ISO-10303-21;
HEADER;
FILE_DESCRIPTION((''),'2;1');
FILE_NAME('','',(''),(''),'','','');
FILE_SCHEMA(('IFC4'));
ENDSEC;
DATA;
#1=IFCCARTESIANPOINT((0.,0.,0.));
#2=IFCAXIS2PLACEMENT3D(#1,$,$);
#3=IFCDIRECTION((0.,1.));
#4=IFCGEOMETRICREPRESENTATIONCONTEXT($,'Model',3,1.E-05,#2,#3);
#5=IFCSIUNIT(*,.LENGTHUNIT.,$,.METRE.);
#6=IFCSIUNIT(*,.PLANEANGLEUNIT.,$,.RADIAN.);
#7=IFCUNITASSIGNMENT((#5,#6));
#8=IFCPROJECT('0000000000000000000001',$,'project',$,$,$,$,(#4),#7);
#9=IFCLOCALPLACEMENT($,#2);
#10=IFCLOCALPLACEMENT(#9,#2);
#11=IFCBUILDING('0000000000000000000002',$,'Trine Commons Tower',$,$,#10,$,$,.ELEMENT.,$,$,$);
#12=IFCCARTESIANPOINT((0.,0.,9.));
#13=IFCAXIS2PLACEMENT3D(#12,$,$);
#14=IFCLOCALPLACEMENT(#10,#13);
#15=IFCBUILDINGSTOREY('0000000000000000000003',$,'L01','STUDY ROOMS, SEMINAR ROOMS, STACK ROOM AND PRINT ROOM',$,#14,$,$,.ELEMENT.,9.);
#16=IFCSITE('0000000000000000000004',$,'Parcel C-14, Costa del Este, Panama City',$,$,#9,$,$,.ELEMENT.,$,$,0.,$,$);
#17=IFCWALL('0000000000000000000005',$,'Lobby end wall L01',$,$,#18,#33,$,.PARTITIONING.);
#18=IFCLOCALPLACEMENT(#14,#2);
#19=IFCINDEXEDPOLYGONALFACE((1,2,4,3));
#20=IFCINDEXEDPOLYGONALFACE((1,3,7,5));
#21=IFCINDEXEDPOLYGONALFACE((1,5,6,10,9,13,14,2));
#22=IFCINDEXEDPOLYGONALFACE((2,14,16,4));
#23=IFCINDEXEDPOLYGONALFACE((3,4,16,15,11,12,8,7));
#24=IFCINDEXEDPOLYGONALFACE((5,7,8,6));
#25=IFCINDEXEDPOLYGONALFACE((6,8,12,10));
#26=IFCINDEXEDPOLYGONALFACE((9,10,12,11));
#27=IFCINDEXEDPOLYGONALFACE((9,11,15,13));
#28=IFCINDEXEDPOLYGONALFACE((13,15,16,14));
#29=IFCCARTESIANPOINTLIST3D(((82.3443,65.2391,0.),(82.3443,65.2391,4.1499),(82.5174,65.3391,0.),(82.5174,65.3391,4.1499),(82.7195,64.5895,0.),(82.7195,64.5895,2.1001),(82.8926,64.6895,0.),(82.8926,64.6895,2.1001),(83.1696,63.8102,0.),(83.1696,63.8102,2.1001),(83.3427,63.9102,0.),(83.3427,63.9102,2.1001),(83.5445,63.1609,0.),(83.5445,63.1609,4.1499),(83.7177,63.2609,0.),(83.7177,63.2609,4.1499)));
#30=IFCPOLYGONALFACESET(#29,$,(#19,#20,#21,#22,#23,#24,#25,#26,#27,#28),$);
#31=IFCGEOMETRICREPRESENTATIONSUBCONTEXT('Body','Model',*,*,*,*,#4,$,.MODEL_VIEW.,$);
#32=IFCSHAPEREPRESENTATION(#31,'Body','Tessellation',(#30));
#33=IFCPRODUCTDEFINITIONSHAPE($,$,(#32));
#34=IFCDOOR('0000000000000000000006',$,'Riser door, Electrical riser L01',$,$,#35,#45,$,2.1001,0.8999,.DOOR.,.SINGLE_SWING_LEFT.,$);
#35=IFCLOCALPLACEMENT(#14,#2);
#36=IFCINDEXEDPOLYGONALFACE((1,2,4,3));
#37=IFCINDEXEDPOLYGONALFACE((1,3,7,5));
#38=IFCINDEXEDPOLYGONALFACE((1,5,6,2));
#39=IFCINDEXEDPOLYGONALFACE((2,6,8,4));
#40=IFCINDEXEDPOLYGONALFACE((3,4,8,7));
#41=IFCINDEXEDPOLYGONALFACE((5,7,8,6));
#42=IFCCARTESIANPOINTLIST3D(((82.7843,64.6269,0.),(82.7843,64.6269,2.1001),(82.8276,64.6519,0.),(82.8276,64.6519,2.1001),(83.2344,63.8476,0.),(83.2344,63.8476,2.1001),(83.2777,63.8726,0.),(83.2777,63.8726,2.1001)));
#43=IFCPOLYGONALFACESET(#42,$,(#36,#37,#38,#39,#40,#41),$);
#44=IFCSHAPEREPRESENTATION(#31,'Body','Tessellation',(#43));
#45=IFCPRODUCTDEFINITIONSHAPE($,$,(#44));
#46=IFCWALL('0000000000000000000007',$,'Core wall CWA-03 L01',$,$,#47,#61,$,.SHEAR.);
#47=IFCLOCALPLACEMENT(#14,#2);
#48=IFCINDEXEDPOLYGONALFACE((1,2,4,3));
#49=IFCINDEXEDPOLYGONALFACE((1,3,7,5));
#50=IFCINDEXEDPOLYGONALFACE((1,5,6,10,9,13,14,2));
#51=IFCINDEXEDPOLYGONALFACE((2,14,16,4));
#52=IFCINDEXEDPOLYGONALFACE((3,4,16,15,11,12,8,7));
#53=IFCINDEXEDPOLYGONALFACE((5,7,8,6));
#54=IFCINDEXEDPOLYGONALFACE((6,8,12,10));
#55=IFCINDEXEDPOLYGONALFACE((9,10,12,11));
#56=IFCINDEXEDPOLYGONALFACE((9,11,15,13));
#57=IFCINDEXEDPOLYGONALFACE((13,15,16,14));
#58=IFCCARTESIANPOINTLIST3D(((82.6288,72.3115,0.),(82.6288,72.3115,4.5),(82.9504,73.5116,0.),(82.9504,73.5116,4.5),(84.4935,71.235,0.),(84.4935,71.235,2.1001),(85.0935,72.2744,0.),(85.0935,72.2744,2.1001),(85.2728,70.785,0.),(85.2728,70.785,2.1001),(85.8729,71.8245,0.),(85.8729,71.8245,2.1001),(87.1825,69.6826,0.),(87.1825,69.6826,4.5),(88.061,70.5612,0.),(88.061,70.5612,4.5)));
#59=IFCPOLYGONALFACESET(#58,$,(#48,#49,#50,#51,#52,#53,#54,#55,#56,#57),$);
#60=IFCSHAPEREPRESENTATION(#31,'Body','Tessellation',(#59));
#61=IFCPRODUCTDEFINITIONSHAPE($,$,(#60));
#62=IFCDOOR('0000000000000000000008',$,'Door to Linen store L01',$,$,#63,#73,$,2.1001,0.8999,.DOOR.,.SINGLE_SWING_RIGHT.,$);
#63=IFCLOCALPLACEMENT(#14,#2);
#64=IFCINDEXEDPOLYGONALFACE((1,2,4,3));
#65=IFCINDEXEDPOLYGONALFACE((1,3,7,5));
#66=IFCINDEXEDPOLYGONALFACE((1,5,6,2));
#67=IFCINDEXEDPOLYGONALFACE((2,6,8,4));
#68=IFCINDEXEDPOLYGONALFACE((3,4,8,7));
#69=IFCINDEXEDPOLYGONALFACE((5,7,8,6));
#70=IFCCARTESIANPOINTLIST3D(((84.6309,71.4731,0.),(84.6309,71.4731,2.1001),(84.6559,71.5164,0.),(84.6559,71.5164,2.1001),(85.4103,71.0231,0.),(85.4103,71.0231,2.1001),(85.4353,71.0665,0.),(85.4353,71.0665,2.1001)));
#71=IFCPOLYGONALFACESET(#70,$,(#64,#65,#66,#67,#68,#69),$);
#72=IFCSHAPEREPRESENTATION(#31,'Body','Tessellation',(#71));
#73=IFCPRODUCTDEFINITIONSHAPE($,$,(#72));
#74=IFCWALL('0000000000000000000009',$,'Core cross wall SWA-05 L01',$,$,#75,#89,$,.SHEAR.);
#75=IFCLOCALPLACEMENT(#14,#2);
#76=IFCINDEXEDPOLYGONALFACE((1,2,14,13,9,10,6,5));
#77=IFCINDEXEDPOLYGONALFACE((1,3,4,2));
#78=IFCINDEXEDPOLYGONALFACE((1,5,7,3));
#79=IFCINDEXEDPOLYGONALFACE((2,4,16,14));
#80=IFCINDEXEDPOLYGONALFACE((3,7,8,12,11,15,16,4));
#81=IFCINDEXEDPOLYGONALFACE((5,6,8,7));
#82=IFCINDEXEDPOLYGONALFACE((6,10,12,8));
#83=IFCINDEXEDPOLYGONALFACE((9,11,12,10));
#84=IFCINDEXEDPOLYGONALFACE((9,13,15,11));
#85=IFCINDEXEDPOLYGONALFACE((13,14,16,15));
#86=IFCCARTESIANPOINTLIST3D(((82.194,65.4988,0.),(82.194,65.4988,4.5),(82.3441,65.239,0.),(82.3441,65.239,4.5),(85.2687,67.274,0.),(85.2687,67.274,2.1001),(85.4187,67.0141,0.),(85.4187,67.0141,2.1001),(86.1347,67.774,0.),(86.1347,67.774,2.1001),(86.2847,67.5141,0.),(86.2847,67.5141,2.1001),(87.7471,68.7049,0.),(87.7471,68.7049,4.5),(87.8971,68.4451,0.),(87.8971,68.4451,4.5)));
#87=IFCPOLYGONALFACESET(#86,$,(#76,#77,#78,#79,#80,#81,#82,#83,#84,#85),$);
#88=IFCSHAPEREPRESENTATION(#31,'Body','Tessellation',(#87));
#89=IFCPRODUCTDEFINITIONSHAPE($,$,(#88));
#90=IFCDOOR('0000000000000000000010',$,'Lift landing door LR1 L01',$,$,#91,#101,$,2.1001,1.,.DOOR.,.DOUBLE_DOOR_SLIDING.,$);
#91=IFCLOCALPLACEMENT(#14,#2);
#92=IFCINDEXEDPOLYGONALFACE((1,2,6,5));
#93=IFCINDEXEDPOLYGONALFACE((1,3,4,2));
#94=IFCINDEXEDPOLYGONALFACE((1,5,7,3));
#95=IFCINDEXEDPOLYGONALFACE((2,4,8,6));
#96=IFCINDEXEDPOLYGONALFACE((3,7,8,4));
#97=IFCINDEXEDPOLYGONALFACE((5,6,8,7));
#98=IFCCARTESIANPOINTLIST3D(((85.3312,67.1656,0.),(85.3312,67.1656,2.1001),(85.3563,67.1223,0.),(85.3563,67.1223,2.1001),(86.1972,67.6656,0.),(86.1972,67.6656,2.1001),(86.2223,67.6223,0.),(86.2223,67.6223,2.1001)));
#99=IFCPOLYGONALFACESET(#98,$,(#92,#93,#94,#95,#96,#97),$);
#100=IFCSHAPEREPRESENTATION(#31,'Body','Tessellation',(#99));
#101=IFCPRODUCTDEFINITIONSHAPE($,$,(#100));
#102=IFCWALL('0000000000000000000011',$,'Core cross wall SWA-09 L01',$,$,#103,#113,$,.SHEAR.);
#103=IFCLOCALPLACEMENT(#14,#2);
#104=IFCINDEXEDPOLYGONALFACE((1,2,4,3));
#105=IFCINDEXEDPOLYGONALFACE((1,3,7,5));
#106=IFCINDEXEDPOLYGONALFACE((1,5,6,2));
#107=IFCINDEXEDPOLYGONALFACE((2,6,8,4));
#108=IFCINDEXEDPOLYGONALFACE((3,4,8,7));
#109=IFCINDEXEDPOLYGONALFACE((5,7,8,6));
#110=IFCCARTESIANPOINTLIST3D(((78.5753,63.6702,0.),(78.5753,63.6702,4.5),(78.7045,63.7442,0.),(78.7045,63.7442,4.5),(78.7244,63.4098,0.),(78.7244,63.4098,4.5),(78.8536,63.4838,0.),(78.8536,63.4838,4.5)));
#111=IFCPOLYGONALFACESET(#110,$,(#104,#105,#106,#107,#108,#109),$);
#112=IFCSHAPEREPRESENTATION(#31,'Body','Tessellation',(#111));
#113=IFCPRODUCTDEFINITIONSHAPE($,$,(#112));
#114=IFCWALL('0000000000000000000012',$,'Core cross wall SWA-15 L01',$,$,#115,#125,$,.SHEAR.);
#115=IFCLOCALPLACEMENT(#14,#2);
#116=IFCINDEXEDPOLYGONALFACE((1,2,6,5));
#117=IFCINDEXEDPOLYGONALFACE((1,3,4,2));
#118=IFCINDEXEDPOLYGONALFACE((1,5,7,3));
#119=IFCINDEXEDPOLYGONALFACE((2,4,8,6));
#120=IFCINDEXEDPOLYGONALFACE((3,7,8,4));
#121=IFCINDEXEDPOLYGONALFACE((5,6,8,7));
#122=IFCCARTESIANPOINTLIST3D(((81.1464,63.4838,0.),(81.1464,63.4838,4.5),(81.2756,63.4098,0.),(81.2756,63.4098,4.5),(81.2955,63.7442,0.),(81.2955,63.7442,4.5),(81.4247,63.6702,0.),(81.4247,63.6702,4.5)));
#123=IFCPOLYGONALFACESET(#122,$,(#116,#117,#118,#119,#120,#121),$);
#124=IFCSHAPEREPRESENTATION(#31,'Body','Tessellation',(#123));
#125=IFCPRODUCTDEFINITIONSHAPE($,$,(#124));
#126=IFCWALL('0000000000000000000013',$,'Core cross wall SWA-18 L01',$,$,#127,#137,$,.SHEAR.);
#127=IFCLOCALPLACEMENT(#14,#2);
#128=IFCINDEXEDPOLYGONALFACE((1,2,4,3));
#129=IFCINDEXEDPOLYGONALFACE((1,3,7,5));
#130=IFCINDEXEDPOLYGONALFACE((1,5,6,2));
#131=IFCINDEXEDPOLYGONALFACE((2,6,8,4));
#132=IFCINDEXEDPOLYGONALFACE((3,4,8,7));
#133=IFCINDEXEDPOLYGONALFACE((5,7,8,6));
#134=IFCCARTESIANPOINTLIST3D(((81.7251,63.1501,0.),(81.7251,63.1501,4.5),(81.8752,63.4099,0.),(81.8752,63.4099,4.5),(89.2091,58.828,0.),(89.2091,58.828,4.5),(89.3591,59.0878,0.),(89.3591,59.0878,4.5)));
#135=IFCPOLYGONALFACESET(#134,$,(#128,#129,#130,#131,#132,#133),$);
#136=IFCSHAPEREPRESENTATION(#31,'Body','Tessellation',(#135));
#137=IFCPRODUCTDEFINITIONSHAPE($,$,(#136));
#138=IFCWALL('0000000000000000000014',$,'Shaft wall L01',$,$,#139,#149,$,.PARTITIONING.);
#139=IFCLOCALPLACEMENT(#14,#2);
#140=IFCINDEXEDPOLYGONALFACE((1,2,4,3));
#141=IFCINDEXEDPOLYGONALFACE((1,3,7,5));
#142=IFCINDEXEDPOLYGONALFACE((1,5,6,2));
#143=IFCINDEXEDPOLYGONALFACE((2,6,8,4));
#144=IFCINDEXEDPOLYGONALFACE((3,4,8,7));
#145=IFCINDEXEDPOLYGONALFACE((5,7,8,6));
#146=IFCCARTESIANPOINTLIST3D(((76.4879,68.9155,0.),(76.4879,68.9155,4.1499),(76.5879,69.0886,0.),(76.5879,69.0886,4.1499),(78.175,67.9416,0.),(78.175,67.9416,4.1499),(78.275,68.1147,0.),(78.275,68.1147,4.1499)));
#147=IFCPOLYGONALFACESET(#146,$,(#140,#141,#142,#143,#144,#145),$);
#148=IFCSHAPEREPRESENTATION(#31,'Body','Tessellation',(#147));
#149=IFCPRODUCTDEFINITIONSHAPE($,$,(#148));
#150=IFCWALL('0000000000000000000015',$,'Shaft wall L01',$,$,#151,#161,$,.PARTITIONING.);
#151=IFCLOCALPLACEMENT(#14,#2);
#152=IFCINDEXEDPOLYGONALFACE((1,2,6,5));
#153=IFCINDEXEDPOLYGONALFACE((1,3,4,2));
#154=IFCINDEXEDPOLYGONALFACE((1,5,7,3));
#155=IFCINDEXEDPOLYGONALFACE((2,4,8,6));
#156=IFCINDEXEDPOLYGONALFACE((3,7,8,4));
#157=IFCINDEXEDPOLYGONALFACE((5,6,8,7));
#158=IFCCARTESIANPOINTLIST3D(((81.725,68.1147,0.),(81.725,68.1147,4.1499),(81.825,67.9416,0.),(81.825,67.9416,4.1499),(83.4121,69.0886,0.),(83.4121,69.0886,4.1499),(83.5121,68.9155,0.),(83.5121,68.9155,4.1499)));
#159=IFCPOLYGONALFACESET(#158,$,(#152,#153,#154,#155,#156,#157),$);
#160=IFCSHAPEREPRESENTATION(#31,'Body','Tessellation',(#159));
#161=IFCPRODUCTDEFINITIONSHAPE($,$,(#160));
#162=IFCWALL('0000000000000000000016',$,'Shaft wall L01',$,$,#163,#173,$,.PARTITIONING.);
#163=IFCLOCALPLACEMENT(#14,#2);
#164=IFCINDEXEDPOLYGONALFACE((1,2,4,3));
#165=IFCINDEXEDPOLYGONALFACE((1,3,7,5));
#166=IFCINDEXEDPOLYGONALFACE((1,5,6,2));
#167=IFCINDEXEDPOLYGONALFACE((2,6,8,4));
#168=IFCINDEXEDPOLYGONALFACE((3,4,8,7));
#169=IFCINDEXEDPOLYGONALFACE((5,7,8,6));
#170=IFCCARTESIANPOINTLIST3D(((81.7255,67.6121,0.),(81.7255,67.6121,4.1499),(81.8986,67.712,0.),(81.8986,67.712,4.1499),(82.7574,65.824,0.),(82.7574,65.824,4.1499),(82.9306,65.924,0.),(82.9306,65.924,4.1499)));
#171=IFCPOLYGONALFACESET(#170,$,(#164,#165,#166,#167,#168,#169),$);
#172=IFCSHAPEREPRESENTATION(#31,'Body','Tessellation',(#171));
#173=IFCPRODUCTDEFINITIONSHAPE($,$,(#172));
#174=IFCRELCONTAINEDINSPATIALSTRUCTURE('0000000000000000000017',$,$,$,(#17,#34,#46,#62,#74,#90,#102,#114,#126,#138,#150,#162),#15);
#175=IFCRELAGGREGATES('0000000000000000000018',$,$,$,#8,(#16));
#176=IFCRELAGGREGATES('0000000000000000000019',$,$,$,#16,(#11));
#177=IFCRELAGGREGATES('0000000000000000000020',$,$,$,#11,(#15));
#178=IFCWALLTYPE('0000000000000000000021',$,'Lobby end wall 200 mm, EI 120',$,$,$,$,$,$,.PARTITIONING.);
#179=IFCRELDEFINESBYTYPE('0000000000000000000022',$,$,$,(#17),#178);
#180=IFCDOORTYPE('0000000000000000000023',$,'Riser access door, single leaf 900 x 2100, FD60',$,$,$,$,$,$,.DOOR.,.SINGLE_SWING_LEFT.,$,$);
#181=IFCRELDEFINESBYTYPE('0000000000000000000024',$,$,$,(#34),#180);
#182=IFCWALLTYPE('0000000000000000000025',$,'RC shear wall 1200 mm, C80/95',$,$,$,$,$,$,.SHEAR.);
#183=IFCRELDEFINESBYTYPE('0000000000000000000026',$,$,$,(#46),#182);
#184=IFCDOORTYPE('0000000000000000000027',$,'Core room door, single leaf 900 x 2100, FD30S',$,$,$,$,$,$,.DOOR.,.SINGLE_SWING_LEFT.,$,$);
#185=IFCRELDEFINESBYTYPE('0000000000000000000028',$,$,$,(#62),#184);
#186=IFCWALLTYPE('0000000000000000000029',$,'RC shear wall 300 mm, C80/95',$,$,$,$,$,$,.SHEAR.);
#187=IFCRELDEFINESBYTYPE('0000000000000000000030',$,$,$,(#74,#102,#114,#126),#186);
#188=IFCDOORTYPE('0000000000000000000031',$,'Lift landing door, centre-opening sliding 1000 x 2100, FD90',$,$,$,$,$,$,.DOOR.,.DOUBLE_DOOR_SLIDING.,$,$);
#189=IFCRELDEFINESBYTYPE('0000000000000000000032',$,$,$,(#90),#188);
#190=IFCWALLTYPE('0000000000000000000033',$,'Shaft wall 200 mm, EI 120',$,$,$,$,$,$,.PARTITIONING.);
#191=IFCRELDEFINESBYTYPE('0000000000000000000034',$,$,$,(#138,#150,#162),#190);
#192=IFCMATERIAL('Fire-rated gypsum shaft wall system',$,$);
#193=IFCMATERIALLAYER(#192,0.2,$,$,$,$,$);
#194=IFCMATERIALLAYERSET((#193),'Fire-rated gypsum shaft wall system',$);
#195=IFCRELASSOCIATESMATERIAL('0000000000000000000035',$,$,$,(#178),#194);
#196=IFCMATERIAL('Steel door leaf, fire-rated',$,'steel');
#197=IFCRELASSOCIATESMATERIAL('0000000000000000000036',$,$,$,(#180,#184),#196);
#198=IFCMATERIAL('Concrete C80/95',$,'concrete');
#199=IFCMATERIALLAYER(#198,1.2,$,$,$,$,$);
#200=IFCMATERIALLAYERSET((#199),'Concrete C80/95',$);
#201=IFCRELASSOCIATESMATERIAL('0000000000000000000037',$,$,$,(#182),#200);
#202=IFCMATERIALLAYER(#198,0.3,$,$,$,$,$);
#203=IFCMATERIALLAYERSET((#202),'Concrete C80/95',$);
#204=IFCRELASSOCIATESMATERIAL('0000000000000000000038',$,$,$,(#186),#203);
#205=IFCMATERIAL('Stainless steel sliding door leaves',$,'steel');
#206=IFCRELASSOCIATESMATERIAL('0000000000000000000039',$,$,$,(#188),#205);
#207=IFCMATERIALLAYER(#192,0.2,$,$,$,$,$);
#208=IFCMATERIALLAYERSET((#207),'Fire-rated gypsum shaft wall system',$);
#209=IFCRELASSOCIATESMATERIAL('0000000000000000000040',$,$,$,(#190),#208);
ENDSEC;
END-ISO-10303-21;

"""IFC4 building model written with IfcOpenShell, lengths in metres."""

from ifc_helpers import new_model, si_unit, direction, frame, frame_2d, origin, place, context, subcontext, project, spatial, polyline, rectangle, outline, extrude, material, layer, layer_set, type_object, element, fill, save


model = new_model("IFC4")

# Units and contexts
model_context = context("Model", 3, precision=1e-05, world=origin(), true_north=direction((0.0, 1.0)))
body_context = subcontext(model_context, "Body", "Model", "MODEL_VIEW")
ifc_project = project(units=[si_unit("LENGTHUNIT", "METRE"), si_unit("PLANEANGLEUNIT", "RADIAN")], contexts=[model_context])

# Site, building, storey
site_placement = place(None, origin())
site = spatial("IfcSite", under=ifc_project, at=site_placement, Name="Parcel C-14, Costa del Este, Panama City", CompositionType="ELEMENT", RefElevation=0.0)
building_placement = place(site_placement, origin())
building = spatial("IfcBuilding", under=site, at=building_placement, Name="Trine Commons Tower", CompositionType="ELEMENT")
storey_placement = place(building_placement, frame((0.0, 0.0, 9.0)))
storey = spatial("IfcBuildingStorey", under=building, at=storey_placement, Name="L01", Description="STUDY ROOMS, SEMINAR ROOMS, STACK ROOM AND PRINT ROOM", CompositionType="ELEMENT", Elevation=9.0)

# Walls, openings, doors
ifc_material_1 = material(Name="Fire-rated gypsum shaft wall system")
ifc_layer_1 = layer(ifc_material_1, 0.2)
ifc_layer_set_1 = layer_set([ifc_layer_1], Name="Fire-rated gypsum shaft wall system")
wall_type_1 = type_object("IfcWallType", Name="Lobby end wall 200 mm, EI 120", PredefinedType="PARTITIONING", material=ifc_layer_set_1)
wall_1_placement = place(storey_placement, frame((83.6311, 63.2109, 0.0), z_axis=(0.0, 0.0, 1.0), x_axis=(-0.500122, 0.865955, 0.0)))
wall_1 = element("IfcWall", 1, at=wall_1_placement, inside=storey, type_object=wall_type_1, Name="Lobby end wall L01", PredefinedType="PARTITIONING", context=body_context, shape_type="SweptSolid", body=[
    extrude(rectangle(XDim=2.3999, YDim=0.2, at=frame_2d((1.2, 0.0))), origin(), (0.0, 0.0, 1.0), 4.1499),
])
opening_1_placement = place(wall_1_placement, frame((0.7498, 0.0, 0.0)))
opening_1 = element("IfcOpeningElement", 2, at=opening_1_placement, cuts=wall_1, PredefinedType="OPENING", context=body_context, shape_type="SweptSolid", body=[
    extrude(rectangle(XDim=0.8999, YDim=2.1001, at=frame_2d((0.45, 1.05))), frame((0.0, 0.1099, 0.0), z_axis=(0.0, -1.0, 0.0), x_axis=(1.0, 0.0, 0.0)), (0.0, 0.0, 1.0), 0.22),
])
ifc_material_2 = material(Name="Steel door leaf, fire-rated", Category="steel")
door_type_1 = type_object("IfcDoorType", Name="Riser access door, single leaf 900 x 2100, FD60", OperationType="SINGLE_SWING_LEFT", PredefinedType="DOOR", material=ifc_material_2)
door_1_placement = place(opening_1_placement, frame((0.8999, 0.0, 0.0), z_axis=(0.0, 0.0, 1.0), x_axis=(-1.0, 0.0, 0.0)))
door_1 = element("IfcDoor", 3, at=door_1_placement, inside=storey, type_object=door_type_1, Name="Riser door, Electrical riser L01", OperationType="SINGLE_SWING_LEFT", OverallHeight=2.1001, OverallWidth=0.8999, PredefinedType="DOOR", context=body_context, shape_type="SweptSolid", body=[
    extrude(rectangle(XDim=0.8999, YDim=2.1001, at=frame_2d((0.45, 1.05))), frame((0.0, 0.0249, 0.0), z_axis=(0.0, -1.0, 0.0), x_axis=(1.0, 0.0, 0.0)), (0.0, 0.0, 1.0), 0.05),
])
fill(opening_1, door_1)
ifc_material_3 = material(Name="Concrete C80/95", Category="concrete")
ifc_layer_2 = layer(ifc_material_3, 1.2)
ifc_layer_set_2 = layer_set([ifc_layer_2], Name="Concrete C80/95")
wall_type_2 = type_object("IfcWallType", Name="RC shear wall 1200 mm, C80/95", PredefinedType="SHEAR", material=ifc_layer_set_2)
wall_2_placement = place(storey_placement, frame((87.761, 70.0415, 0.0), z_axis=(0.0, 0.0, 1.0), x_axis=(-0.866037, 0.499979, 0.0)))
wall_2 = element("IfcWall", 4, at=wall_2_placement, inside=storey, type_object=wall_type_2, Name="Core wall CWA-03 L01", PredefinedType="SHEAR", context=body_context, shape_type="SweptSolid", body=[
    extrude(outline(polyline([(0.0, -0.6001), (5.9011, -0.6001), (5.5796, 0.6001), (0.3215, 0.6001), (0.0, -0.6001)])), origin(), (0.0, 0.0, 1.0), 4.5),
])
opening_2_placement = place(wall_2_placement, frame((2.5266, 0.0, 0.0)))
opening_2 = element("IfcOpeningElement", 5, at=opening_2_placement, cuts=wall_2, PredefinedType="OPENING", context=body_context, shape_type="SweptSolid", body=[
    extrude(rectangle(XDim=0.8999, YDim=2.1001, at=frame_2d((0.45, 1.05))), frame((0.0, 0.6099, 0.0), z_axis=(0.0, -1.0, 0.0), x_axis=(1.0, 0.0, 0.0)), (0.0, 0.0, 1.0), 1.22),
])
door_type_2 = type_object("IfcDoorType", Name="Core room door, single leaf 900 x 2100, FD30S", OperationType="SINGLE_SWING_LEFT", PredefinedType="DOOR", material=ifc_material_2)
door_2_placement = place(opening_2_placement, origin())
door_2 = element("IfcDoor", 6, at=door_2_placement, inside=storey, type_object=door_type_2, Name="Door to Linen store L01", OperationType="SINGLE_SWING_RIGHT", OverallHeight=2.1001, OverallWidth=0.8999, PredefinedType="DOOR", context=body_context, shape_type="SweptSolid", body=[
    extrude(rectangle(XDim=0.8999, YDim=2.1001, at=frame_2d((0.45, 1.05))), frame((0.0, 0.3252, 0.0), z_axis=(0.0, -1.0, 0.0), x_axis=(1.0, 0.0, 0.0)), (0.0, 0.0, 1.0), 0.05),
])
fill(opening_2, door_2)
ifc_layer_3 = layer(ifc_material_3, 0.3)
ifc_layer_set_3 = layer_set([ifc_layer_3], Name="Concrete C80/95")
wall_type_3 = type_object("IfcWallType", Name="RC shear wall 300 mm, C80/95", PredefinedType="SHEAR", material=ifc_layer_set_3)
wall_3_placement = place(storey_placement, frame((82.269, 65.3689, 0.0), z_axis=(0.0, 0.0, 1.0), x_axis=(0.866023, 0.500005, 0.0)))
wall_3 = element("IfcWall", 7, at=wall_3_placement, inside=storey, type_object=wall_type_3, Name="Core cross wall SWA-05 L01", PredefinedType="SHEAR", context=body_context, shape_type="SweptSolid", body=[
    extrude(rectangle(XDim=6.4121, YDim=0.3, at=frame_2d((3.2061, 0.0))), origin(), (0.0, 0.0, 1.0), 4.5),
])
opening_3_placement = place(wall_3_placement, frame((3.5503, 0.0, 0.0)))
opening_3 = element("IfcOpeningElement", 8, at=opening_3_placement, cuts=wall_3, PredefinedType="OPENING", context=body_context, shape_type="SweptSolid", body=[
    extrude(rectangle(XDim=1.0, YDim=2.1001, at=frame_2d((0.5, 1.05))), frame((0.0, 0.1599, 0.0), z_axis=(0.0, -1.0, 0.0), x_axis=(1.0, 0.0, 0.0)), (0.0, 0.0, 1.0), 0.3201),
])
ifc_material_4 = material(Name="Stainless steel sliding door leaves", Category="steel")
door_type_3 = type_object("IfcDoorType", Name="Lift landing door, centre-opening sliding 1000 x 2100, FD90", OperationType="DOUBLE_DOOR_SLIDING", PredefinedType="DOOR", material=ifc_material_4)
door_3_placement = place(opening_3_placement, origin())
door_3 = element("IfcDoor", 9, at=door_3_placement, inside=storey, type_object=door_type_3, Name="Lift landing door LR1 L01", OperationType="DOUBLE_DOOR_SLIDING", OverallHeight=2.1001, OverallWidth=1.0, PredefinedType="DOOR", context=body_context, shape_type="SweptSolid", body=[
    extrude(rectangle(XDim=1.0, YDim=2.1001, at=frame_2d((0.5, 1.05))), frame((0.0, 0.0249, 0.0), z_axis=(0.0, -1.0, 0.0), x_axis=(1.0, 0.0, 0.0)), (0.0, 0.0, 1.0), 0.05),
])
fill(opening_3, door_3)

# Walls
for number, where, z_axis, x_axis, name in (
    (10, (78.7791, 63.614, 0.0), (0.0, 0.0, 1.0), (-0.867738, -0.497022, 0.0), "Core cross wall SWA-09 L01"),
    (11, (81.2209, 63.614, 0.0), (0.0, 0.0, 1.0), (0.867738, -0.497022, 0.0), "Core cross wall SWA-15 L01"),
):
    element("IfcWall", number, at=place(storey_placement, frame(where, z_axis=z_axis, x_axis=x_axis)), inside=storey, type_object=wall_type_3, Name=name, PredefinedType="SHEAR", context=body_context, shape_type="SweptSolid", body=[
        extrude(rectangle(XDim=0.1489, YDim=0.3, at=frame_2d((0.0745, 0.0))), origin(), (0.0, 0.0, 1.0), 4.5),
    ])
wall_4_placement = place(storey_placement, frame((81.8, 63.28, 0.0), z_axis=(0.0, 0.0, 1.0), x_axis=(0.865965, -0.500104, 0.0)))
element("IfcWall", 12, at=wall_4_placement, inside=storey, type_object=wall_type_3, Name="Core cross wall SWA-18 L01", PredefinedType="SHEAR", context=body_context, shape_type="SweptSolid", body=[
    extrude(rectangle(XDim=8.6423, YDim=0.3, at=frame_2d((4.3213, 0.0))), origin(), (0.0, 0.0, 1.0), 4.5),
])
ifc_layer_4 = layer(ifc_material_1, 0.2)
ifc_layer_set_4 = layer_set([ifc_layer_4], Name="Fire-rated gypsum shaft wall system")
wall_type_4 = type_object("IfcWallType", Name="Shaft wall 200 mm, EI 120", PredefinedType="PARTITIONING", material=ifc_layer_set_4)
for number, where, z_axis, x_axis, name in (
    (13, (78.2251, 68.0281, 0.0), (0.0, 0.0, 1.0), (-0.866052, 0.499954, 0.0), "Shaft wall L01"),
    (14, (81.7749, 68.0281, 0.0), (0.0, 0.0, 1.0), (0.866052, 0.499954, 0.0), "Shaft wall L01"),
):
    element("IfcWall", number, at=place(storey_placement, frame(where, z_axis=z_axis, x_axis=x_axis)), inside=storey, type_object=wall_type_4, Name=name, PredefinedType="PARTITIONING", context=body_context, shape_type="SweptSolid", body=[
        extrude(rectangle(XDim=1.948, YDim=0.2, at=frame_2d((0.9741, 0.0))), origin(), (0.0, 0.0, 1.0), 4.1499),
    ])
wall_5_placement = place(storey_placement, frame((82.844, 65.874, 0.0), z_axis=(0.0, 0.0, 1.0), x_axis=(-0.499866, 0.866103, 0.0)))
element("IfcWall", 15, at=wall_5_placement, inside=storey, type_object=wall_type_4, Name="Shaft wall L01", PredefinedType="PARTITIONING", context=body_context, shape_type="SweptSolid", body=[
    extrude(rectangle(XDim=2.0645, YDim=0.2, at=frame_2d((1.0322, 0.0))), origin(), (0.0, 0.0, 1.0), 4.1499),
])

save(model, "model.ifc")
